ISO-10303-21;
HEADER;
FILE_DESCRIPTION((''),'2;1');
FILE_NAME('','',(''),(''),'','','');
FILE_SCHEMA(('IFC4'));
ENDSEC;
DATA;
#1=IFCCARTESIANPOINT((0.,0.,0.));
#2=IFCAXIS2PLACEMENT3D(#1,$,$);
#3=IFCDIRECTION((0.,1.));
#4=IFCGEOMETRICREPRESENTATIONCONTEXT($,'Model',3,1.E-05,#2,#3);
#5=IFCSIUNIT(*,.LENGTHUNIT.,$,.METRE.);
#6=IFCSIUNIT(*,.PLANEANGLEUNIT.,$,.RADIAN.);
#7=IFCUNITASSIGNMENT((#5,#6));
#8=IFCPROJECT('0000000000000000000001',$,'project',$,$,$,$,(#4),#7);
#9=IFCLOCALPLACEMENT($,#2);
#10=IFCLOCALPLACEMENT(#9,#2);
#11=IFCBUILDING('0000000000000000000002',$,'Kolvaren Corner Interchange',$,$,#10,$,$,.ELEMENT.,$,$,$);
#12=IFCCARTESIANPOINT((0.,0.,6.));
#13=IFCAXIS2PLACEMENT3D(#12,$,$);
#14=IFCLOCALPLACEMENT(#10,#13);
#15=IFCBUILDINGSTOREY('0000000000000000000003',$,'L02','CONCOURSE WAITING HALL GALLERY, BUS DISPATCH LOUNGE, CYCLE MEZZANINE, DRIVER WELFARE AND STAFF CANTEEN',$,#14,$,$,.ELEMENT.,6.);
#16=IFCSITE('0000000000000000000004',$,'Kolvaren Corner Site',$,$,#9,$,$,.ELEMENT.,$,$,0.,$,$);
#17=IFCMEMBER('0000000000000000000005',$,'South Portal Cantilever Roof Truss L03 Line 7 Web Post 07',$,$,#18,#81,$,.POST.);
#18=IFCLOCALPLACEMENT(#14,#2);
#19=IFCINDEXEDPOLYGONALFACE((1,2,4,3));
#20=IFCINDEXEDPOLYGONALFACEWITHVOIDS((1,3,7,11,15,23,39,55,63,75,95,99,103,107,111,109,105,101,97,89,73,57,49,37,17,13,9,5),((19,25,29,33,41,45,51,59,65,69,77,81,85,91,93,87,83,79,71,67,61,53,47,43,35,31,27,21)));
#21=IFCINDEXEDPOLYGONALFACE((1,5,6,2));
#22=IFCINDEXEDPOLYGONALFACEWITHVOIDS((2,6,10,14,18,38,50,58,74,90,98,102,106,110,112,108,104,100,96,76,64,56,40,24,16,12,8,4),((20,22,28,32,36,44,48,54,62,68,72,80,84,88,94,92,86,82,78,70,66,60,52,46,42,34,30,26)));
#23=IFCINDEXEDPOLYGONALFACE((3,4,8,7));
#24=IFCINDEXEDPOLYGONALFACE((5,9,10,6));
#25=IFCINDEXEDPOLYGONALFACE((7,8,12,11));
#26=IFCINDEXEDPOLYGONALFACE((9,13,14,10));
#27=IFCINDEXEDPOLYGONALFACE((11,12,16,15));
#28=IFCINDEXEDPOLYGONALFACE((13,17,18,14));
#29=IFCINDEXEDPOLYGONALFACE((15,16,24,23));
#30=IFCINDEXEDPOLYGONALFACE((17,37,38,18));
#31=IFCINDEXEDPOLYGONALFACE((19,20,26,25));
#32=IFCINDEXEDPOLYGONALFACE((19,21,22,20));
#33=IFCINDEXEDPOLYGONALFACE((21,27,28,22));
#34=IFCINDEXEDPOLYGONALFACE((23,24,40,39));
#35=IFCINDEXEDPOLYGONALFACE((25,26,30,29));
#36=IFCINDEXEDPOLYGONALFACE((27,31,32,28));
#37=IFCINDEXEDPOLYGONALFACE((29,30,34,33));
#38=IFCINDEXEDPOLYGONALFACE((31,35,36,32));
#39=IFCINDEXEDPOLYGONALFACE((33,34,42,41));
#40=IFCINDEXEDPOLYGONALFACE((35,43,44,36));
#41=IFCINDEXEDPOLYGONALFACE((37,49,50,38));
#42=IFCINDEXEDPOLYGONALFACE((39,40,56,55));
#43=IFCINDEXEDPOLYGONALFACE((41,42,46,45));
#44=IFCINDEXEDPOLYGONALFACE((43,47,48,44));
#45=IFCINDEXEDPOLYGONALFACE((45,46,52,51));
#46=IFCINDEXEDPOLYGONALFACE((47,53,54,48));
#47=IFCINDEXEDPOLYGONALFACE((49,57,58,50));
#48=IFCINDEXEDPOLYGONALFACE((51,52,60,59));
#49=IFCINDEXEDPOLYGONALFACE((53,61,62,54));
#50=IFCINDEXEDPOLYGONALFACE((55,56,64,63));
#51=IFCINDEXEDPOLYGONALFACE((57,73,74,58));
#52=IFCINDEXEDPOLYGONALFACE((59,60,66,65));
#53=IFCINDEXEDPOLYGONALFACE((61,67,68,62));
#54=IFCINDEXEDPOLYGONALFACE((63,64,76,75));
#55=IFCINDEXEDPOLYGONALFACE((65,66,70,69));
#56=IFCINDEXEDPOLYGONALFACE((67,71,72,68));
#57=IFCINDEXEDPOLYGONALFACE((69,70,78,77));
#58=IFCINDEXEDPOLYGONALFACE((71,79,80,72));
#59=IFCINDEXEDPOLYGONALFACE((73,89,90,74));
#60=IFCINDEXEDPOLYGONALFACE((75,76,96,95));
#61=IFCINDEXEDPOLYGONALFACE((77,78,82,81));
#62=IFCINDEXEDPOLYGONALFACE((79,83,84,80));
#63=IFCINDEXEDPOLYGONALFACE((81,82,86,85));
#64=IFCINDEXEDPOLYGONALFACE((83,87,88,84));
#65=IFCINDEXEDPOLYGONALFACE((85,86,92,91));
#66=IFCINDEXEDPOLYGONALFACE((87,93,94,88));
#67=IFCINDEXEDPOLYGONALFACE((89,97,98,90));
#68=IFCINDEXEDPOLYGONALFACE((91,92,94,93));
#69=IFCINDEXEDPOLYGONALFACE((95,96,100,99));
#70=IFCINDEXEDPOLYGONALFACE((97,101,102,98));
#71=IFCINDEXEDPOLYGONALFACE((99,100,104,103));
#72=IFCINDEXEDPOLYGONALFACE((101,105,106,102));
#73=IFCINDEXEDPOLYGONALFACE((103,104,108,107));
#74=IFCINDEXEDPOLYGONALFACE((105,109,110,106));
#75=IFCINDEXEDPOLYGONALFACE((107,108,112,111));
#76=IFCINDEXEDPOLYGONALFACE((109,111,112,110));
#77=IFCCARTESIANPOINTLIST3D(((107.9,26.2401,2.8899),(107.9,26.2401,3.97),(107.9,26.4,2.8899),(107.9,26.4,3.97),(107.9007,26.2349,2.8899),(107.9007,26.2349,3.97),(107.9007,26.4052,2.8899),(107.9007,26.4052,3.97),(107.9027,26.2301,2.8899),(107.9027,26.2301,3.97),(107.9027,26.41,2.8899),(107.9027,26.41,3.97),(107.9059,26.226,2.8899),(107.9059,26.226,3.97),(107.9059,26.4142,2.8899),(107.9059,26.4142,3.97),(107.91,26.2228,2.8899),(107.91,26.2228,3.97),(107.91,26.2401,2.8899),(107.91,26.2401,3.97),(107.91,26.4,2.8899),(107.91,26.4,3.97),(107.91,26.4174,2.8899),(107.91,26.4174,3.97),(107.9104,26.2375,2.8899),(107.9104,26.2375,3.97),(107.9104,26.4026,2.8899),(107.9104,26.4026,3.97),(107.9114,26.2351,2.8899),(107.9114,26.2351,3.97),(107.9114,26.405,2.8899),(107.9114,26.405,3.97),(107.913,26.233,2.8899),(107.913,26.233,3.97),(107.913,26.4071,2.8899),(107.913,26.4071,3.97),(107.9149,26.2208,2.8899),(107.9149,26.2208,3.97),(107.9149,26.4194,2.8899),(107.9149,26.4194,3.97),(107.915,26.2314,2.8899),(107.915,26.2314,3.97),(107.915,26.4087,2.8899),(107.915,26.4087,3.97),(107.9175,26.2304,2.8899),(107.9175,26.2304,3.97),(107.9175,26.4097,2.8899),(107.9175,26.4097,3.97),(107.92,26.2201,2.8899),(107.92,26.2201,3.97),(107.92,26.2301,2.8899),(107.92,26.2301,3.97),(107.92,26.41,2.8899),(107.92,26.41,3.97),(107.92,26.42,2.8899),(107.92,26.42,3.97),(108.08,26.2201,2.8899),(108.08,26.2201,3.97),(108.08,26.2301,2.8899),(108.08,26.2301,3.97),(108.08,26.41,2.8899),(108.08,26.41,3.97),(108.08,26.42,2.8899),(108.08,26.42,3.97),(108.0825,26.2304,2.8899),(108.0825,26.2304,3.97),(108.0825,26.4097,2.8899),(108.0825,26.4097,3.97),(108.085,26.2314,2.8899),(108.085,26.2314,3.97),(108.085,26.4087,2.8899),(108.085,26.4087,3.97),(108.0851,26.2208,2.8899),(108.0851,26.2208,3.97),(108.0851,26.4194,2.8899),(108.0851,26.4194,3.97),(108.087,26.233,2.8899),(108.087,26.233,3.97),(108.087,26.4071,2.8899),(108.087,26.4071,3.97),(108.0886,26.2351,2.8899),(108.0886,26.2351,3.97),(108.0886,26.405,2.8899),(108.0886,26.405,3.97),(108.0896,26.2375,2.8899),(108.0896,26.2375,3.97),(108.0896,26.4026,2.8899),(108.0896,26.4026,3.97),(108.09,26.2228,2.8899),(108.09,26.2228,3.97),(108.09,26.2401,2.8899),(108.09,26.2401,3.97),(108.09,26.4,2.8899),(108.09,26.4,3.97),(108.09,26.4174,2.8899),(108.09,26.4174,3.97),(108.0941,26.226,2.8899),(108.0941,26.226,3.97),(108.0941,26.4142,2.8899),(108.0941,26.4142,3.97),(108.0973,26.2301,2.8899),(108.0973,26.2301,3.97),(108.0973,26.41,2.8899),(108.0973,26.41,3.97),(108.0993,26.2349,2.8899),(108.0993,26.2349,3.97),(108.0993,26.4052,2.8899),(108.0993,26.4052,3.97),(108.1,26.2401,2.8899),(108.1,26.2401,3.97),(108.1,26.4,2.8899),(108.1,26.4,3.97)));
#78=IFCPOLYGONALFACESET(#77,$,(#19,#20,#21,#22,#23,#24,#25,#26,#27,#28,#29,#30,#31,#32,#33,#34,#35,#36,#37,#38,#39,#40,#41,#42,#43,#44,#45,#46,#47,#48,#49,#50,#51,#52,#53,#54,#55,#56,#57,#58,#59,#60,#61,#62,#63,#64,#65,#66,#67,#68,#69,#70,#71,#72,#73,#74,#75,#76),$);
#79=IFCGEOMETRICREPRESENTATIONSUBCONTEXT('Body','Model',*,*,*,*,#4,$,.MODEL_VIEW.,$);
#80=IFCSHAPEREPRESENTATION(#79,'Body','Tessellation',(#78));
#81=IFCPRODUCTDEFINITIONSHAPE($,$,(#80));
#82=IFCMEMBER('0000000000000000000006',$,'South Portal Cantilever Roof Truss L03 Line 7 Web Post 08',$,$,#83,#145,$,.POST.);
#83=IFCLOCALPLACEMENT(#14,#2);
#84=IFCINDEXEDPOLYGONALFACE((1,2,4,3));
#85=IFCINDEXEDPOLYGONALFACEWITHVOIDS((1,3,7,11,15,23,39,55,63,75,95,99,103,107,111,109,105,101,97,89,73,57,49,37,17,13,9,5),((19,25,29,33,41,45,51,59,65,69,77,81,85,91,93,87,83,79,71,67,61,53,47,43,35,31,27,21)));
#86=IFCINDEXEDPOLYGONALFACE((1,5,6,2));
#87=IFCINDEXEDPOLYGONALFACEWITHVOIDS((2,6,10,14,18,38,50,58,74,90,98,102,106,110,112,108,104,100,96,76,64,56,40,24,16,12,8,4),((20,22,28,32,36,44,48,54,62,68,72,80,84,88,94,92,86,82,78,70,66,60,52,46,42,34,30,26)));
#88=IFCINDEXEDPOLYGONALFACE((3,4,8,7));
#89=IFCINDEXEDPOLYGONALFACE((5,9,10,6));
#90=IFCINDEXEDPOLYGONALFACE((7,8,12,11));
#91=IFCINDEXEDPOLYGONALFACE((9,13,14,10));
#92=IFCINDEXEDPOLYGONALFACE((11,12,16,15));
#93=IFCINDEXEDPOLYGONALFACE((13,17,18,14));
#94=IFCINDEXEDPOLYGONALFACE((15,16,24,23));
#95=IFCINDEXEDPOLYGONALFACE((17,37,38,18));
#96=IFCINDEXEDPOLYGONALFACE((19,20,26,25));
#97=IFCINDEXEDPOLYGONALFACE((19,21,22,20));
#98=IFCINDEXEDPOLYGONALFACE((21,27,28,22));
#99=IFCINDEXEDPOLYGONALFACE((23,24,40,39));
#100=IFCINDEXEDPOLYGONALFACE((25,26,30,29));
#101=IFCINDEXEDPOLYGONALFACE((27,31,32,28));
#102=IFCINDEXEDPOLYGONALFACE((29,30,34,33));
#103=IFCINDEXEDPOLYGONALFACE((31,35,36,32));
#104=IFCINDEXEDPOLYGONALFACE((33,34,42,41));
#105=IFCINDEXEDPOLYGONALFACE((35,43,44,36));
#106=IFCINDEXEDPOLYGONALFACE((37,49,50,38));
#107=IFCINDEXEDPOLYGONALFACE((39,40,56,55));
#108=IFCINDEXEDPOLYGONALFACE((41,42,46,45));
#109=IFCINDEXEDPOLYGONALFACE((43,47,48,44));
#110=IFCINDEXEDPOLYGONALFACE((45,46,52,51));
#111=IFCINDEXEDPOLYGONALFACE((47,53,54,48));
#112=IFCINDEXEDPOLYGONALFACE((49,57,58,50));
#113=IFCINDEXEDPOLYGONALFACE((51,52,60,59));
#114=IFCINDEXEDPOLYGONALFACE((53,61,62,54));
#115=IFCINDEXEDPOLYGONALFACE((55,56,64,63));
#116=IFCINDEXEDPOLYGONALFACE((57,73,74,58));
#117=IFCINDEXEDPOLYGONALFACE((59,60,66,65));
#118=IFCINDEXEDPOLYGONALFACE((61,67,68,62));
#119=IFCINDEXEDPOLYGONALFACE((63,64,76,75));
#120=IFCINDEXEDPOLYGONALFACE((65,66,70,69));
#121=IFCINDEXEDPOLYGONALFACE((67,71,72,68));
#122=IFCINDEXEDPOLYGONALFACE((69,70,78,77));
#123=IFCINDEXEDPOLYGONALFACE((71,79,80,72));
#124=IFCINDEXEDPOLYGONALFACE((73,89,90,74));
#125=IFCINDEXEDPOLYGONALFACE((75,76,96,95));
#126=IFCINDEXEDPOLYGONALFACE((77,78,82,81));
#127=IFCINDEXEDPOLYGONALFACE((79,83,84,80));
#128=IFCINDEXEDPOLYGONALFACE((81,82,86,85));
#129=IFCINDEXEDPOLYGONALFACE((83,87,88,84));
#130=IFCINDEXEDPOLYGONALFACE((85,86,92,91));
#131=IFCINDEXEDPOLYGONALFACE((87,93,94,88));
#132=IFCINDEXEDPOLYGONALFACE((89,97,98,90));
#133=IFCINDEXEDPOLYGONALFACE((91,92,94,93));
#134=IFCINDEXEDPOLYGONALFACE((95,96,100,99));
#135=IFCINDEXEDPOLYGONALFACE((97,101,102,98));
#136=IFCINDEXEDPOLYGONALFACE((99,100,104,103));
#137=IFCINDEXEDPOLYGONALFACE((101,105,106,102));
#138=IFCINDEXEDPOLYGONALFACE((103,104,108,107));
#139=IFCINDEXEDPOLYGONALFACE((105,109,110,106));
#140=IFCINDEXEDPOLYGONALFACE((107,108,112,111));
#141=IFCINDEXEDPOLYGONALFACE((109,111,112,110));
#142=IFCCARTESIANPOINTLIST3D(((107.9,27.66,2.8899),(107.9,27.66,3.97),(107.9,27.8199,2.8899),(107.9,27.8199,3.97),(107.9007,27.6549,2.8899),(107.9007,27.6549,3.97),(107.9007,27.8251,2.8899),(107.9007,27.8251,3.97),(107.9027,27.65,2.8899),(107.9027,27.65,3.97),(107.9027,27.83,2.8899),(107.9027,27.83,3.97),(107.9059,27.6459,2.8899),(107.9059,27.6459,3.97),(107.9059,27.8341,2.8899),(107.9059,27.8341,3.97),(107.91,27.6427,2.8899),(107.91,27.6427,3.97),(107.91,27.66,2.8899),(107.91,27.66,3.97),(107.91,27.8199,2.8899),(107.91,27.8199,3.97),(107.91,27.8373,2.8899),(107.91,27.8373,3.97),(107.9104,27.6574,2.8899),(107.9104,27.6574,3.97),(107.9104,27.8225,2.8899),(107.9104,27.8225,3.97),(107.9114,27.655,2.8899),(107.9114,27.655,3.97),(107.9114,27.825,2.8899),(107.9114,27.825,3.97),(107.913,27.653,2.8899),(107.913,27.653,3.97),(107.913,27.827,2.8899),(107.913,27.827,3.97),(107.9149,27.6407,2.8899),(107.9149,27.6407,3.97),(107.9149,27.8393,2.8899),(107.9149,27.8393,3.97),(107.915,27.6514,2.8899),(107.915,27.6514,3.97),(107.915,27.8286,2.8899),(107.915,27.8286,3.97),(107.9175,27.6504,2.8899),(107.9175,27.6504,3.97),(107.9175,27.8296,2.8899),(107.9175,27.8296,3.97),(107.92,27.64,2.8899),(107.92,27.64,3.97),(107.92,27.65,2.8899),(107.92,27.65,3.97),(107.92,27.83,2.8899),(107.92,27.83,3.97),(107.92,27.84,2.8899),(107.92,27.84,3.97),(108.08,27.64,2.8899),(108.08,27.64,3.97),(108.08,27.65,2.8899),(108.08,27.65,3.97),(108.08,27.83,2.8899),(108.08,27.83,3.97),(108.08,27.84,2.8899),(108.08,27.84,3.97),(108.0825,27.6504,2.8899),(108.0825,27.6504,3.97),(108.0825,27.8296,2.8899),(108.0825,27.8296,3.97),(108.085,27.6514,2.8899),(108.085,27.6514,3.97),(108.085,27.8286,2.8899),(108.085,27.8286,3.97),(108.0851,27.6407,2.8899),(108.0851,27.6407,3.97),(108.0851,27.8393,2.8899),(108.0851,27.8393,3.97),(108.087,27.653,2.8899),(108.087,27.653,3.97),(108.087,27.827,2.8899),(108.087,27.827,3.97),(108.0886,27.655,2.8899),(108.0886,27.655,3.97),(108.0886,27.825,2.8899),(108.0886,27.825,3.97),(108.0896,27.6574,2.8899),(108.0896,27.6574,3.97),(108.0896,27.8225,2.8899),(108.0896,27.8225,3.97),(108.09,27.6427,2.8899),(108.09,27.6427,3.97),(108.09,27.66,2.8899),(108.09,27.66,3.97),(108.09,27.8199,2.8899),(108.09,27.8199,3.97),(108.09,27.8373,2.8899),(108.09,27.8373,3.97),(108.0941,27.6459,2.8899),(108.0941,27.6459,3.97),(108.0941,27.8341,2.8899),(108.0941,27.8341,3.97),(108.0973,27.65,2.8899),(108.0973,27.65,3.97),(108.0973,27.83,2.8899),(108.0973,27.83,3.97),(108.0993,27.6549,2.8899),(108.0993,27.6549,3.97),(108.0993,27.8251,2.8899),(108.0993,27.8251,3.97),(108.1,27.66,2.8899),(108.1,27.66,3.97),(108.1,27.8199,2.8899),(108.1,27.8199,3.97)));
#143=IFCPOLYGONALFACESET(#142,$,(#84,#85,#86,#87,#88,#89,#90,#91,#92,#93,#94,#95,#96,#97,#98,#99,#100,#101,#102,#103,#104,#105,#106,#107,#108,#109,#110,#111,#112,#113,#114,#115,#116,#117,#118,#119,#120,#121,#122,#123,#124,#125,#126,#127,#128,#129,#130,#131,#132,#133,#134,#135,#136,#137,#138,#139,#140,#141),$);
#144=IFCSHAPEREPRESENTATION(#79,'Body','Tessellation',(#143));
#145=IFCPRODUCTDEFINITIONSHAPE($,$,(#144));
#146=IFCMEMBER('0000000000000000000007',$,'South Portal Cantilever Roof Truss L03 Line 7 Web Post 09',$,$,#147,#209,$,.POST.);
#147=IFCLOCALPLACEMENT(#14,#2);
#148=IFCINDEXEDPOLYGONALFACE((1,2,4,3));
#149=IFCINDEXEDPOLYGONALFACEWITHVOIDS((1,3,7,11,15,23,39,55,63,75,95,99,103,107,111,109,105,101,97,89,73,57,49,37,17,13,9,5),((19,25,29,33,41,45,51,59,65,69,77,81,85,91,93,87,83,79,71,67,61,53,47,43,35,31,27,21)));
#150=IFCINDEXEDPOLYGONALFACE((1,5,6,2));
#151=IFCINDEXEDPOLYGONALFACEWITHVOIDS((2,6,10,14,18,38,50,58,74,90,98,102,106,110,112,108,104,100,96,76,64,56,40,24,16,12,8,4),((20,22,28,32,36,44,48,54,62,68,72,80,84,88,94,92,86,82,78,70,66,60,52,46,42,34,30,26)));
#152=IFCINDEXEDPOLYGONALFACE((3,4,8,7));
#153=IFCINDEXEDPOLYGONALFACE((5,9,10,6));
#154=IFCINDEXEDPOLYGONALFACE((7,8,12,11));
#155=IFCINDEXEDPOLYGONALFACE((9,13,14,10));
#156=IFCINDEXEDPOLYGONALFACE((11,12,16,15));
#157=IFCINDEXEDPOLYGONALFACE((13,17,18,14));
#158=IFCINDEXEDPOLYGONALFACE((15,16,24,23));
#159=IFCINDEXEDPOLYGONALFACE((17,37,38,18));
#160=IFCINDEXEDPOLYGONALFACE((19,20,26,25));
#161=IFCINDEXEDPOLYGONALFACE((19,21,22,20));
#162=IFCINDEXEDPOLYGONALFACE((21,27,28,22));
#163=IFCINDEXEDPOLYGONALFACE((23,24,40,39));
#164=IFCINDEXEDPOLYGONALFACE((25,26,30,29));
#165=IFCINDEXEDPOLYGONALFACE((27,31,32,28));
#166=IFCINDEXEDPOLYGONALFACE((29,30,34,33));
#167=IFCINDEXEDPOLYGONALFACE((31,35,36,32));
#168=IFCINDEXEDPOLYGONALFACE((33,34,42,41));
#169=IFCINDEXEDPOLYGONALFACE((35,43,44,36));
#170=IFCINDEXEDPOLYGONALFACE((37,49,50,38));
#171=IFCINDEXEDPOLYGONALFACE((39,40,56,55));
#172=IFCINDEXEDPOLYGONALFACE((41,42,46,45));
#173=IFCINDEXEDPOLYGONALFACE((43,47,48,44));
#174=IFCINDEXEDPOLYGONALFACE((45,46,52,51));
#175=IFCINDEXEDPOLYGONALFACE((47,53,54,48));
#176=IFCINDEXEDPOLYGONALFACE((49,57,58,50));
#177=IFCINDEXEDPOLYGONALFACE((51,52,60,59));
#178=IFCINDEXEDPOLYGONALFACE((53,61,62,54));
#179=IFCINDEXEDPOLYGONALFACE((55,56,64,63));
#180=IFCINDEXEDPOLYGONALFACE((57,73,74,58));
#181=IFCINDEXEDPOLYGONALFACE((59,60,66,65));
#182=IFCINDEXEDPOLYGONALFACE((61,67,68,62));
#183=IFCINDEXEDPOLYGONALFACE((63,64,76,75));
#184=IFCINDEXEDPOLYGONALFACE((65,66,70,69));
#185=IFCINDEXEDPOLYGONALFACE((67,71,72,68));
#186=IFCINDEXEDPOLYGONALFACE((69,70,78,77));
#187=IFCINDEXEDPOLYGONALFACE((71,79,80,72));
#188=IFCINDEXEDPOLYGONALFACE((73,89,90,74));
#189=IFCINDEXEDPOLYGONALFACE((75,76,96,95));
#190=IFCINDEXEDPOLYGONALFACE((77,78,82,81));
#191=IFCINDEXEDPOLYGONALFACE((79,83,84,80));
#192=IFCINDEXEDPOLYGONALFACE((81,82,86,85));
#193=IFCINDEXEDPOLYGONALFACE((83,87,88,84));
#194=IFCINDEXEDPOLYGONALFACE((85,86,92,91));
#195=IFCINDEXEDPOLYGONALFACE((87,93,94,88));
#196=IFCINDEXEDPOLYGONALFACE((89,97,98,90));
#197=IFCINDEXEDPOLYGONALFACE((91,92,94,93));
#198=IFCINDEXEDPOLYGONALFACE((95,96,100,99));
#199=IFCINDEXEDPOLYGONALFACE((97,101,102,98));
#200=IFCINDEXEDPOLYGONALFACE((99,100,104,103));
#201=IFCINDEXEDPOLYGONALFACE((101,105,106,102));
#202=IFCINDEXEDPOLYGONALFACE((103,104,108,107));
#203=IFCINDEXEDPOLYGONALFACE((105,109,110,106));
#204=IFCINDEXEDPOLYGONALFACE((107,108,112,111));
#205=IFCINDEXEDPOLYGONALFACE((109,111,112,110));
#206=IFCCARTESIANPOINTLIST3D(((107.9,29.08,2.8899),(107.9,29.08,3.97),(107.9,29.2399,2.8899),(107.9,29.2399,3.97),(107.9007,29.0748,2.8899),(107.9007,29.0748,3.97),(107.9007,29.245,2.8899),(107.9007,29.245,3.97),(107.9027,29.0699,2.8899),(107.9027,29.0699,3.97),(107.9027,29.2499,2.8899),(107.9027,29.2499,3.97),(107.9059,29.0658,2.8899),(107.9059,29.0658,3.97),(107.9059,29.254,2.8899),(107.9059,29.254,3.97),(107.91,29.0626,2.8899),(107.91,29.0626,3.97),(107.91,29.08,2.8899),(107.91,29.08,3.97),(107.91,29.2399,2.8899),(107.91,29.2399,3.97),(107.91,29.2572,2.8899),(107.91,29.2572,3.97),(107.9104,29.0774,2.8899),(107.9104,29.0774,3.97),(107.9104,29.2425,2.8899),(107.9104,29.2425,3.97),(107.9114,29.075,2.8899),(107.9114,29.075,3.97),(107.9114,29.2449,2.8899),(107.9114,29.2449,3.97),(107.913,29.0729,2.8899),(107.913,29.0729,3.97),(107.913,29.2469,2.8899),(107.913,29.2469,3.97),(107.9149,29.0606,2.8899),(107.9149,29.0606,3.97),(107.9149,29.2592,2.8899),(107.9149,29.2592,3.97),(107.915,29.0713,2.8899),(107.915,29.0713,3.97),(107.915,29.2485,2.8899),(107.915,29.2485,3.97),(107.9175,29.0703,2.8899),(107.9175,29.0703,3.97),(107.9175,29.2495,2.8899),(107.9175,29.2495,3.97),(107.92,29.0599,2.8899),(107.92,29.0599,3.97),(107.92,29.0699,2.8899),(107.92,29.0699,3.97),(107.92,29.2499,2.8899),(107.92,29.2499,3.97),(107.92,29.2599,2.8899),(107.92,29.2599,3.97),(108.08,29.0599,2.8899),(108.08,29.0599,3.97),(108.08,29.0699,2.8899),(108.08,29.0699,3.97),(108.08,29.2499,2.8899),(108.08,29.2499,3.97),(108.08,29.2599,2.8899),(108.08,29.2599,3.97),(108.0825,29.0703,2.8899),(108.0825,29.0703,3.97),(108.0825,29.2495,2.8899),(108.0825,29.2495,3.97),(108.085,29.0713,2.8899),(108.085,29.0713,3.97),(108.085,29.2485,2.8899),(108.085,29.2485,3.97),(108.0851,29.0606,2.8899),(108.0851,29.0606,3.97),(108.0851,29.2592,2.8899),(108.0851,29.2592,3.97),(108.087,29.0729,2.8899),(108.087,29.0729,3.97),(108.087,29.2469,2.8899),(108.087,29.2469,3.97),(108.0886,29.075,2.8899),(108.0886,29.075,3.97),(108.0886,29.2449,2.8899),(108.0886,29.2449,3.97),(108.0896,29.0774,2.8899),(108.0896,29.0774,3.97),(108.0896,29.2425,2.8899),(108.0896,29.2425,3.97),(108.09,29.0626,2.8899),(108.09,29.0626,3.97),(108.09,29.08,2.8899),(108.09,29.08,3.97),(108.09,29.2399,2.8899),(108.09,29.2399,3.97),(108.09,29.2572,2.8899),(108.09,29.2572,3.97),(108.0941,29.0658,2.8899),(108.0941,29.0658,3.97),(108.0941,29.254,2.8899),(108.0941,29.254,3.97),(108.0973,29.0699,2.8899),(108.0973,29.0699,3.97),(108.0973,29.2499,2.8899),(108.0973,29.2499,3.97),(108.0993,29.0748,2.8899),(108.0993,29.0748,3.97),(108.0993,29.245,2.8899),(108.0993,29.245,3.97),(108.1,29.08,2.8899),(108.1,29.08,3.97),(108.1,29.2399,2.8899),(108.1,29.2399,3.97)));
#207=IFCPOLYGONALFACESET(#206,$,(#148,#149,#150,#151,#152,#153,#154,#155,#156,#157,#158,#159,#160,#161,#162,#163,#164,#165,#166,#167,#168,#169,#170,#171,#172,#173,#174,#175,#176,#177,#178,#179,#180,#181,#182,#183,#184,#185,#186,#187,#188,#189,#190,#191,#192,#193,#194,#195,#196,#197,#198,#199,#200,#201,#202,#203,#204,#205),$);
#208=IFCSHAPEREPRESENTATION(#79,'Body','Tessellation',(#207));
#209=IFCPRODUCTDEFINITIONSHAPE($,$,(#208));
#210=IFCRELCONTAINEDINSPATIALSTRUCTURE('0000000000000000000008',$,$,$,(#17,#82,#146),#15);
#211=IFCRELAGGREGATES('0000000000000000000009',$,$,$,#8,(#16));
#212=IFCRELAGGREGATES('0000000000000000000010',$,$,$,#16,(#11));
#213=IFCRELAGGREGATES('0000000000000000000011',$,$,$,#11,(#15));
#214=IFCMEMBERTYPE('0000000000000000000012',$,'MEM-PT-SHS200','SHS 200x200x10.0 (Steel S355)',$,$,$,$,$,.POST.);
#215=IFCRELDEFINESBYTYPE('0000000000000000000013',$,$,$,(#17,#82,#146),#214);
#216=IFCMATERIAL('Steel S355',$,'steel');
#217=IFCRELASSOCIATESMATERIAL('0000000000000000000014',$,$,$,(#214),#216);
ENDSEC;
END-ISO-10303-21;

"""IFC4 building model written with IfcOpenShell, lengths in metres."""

from ifc_helpers import new_model, si_unit, direction, frame, origin, origin_2d, place, context, subcontext, project, spatial, hollow_rectangle, extrude, material, material_profile, profile_set, type_object, element, save


model = new_model("IFC4")

# Units and contexts
model_context = context("Model", 3, precision=1e-05, world=origin(), true_north=direction((0.0, 1.0)))
body_context = subcontext(model_context, "Body", "Model", "MODEL_VIEW")
ifc_project = project(units=[si_unit("LENGTHUNIT", "METRE"), si_unit("PLANEANGLEUNIT", "RADIAN")], contexts=[model_context])

# Site, building, storey
site_placement = place(None, origin())
site = spatial("IfcSite", under=ifc_project, at=site_placement, Name="Kolvaren Corner Site", CompositionType="ELEMENT", RefElevation=0.0)
building_placement = place(site_placement, origin())
building = spatial("IfcBuilding", under=site, at=building_placement, Name="Kolvaren Corner Interchange", CompositionType="ELEMENT")
storey_placement = place(building_placement, frame((0.0, 0.0, 6.0)))
storey = spatial("IfcBuildingStorey", under=building, at=storey_placement, Name="L02", Description="CONCOURSE WAITING HALL GALLERY, BUS DISPATCH LOUNGE, CYCLE MEZZANINE, DRIVER WELFARE AND STAFF CANTEEN", CompositionType="ELEMENT", Elevation=6.0)

# Members
ifc_material_1 = material(Name="Steel S355", Category="steel")
ifc_material_profile_1 = material_profile(ifc_material_1, hollow_rectangle(XDim=0.2, YDim=0.2, WallThickness=0.01, InnerFilletRadius=0.01, OuterFilletRadius=0.02, at=origin_2d()), Name="SHS 200x200x10.0")
ifc_profile_set_1 = profile_set([ifc_material_profile_1], Name="Steel S355")
member_type_1 = type_object("IfcMemberType", Name="MEM-PT-SHS200", Description="SHS 200x200x10.0 (Steel S355)", PredefinedType="POST", material=ifc_profile_set_1)
for number, where, z_axis, x_axis, name in (
    (1, (108.0, 26.3201, 2.8899), (0.0, 0.0, 1.0), (1.0, 0.0, 0.0), "South Portal Cantilever Roof Truss L03 Line 7 Web Post 07"),
    (2, (108.0, 27.74, 2.8899), (0.0, 0.0, 1.0), (1.0, 0.0, 0.0), "South Portal Cantilever Roof Truss L03 Line 7 Web Post 08"),
    (3, (108.0, 29.1599, 2.8899), (0.0, 0.0, 1.0), (1.0, 0.0, 0.0), "South Portal Cantilever Roof Truss L03 Line 7 Web Post 09"),
):
    element("IfcMember", number, at=place(storey_placement, frame(where, z_axis=z_axis, x_axis=x_axis)), inside=storey, type_object=member_type_1, Name=name, PredefinedType="POST", context=body_context, shape_type="SweptSolid", body=[
        extrude(hollow_rectangle(XDim=0.2, YDim=0.2, WallThickness=0.01, InnerFilletRadius=0.01, OuterFilletRadius=0.02, at=origin_2d()), origin(), (0.0, 0.0, 1.0), 1.0801),
    ])

save(model, "model.ifc")
